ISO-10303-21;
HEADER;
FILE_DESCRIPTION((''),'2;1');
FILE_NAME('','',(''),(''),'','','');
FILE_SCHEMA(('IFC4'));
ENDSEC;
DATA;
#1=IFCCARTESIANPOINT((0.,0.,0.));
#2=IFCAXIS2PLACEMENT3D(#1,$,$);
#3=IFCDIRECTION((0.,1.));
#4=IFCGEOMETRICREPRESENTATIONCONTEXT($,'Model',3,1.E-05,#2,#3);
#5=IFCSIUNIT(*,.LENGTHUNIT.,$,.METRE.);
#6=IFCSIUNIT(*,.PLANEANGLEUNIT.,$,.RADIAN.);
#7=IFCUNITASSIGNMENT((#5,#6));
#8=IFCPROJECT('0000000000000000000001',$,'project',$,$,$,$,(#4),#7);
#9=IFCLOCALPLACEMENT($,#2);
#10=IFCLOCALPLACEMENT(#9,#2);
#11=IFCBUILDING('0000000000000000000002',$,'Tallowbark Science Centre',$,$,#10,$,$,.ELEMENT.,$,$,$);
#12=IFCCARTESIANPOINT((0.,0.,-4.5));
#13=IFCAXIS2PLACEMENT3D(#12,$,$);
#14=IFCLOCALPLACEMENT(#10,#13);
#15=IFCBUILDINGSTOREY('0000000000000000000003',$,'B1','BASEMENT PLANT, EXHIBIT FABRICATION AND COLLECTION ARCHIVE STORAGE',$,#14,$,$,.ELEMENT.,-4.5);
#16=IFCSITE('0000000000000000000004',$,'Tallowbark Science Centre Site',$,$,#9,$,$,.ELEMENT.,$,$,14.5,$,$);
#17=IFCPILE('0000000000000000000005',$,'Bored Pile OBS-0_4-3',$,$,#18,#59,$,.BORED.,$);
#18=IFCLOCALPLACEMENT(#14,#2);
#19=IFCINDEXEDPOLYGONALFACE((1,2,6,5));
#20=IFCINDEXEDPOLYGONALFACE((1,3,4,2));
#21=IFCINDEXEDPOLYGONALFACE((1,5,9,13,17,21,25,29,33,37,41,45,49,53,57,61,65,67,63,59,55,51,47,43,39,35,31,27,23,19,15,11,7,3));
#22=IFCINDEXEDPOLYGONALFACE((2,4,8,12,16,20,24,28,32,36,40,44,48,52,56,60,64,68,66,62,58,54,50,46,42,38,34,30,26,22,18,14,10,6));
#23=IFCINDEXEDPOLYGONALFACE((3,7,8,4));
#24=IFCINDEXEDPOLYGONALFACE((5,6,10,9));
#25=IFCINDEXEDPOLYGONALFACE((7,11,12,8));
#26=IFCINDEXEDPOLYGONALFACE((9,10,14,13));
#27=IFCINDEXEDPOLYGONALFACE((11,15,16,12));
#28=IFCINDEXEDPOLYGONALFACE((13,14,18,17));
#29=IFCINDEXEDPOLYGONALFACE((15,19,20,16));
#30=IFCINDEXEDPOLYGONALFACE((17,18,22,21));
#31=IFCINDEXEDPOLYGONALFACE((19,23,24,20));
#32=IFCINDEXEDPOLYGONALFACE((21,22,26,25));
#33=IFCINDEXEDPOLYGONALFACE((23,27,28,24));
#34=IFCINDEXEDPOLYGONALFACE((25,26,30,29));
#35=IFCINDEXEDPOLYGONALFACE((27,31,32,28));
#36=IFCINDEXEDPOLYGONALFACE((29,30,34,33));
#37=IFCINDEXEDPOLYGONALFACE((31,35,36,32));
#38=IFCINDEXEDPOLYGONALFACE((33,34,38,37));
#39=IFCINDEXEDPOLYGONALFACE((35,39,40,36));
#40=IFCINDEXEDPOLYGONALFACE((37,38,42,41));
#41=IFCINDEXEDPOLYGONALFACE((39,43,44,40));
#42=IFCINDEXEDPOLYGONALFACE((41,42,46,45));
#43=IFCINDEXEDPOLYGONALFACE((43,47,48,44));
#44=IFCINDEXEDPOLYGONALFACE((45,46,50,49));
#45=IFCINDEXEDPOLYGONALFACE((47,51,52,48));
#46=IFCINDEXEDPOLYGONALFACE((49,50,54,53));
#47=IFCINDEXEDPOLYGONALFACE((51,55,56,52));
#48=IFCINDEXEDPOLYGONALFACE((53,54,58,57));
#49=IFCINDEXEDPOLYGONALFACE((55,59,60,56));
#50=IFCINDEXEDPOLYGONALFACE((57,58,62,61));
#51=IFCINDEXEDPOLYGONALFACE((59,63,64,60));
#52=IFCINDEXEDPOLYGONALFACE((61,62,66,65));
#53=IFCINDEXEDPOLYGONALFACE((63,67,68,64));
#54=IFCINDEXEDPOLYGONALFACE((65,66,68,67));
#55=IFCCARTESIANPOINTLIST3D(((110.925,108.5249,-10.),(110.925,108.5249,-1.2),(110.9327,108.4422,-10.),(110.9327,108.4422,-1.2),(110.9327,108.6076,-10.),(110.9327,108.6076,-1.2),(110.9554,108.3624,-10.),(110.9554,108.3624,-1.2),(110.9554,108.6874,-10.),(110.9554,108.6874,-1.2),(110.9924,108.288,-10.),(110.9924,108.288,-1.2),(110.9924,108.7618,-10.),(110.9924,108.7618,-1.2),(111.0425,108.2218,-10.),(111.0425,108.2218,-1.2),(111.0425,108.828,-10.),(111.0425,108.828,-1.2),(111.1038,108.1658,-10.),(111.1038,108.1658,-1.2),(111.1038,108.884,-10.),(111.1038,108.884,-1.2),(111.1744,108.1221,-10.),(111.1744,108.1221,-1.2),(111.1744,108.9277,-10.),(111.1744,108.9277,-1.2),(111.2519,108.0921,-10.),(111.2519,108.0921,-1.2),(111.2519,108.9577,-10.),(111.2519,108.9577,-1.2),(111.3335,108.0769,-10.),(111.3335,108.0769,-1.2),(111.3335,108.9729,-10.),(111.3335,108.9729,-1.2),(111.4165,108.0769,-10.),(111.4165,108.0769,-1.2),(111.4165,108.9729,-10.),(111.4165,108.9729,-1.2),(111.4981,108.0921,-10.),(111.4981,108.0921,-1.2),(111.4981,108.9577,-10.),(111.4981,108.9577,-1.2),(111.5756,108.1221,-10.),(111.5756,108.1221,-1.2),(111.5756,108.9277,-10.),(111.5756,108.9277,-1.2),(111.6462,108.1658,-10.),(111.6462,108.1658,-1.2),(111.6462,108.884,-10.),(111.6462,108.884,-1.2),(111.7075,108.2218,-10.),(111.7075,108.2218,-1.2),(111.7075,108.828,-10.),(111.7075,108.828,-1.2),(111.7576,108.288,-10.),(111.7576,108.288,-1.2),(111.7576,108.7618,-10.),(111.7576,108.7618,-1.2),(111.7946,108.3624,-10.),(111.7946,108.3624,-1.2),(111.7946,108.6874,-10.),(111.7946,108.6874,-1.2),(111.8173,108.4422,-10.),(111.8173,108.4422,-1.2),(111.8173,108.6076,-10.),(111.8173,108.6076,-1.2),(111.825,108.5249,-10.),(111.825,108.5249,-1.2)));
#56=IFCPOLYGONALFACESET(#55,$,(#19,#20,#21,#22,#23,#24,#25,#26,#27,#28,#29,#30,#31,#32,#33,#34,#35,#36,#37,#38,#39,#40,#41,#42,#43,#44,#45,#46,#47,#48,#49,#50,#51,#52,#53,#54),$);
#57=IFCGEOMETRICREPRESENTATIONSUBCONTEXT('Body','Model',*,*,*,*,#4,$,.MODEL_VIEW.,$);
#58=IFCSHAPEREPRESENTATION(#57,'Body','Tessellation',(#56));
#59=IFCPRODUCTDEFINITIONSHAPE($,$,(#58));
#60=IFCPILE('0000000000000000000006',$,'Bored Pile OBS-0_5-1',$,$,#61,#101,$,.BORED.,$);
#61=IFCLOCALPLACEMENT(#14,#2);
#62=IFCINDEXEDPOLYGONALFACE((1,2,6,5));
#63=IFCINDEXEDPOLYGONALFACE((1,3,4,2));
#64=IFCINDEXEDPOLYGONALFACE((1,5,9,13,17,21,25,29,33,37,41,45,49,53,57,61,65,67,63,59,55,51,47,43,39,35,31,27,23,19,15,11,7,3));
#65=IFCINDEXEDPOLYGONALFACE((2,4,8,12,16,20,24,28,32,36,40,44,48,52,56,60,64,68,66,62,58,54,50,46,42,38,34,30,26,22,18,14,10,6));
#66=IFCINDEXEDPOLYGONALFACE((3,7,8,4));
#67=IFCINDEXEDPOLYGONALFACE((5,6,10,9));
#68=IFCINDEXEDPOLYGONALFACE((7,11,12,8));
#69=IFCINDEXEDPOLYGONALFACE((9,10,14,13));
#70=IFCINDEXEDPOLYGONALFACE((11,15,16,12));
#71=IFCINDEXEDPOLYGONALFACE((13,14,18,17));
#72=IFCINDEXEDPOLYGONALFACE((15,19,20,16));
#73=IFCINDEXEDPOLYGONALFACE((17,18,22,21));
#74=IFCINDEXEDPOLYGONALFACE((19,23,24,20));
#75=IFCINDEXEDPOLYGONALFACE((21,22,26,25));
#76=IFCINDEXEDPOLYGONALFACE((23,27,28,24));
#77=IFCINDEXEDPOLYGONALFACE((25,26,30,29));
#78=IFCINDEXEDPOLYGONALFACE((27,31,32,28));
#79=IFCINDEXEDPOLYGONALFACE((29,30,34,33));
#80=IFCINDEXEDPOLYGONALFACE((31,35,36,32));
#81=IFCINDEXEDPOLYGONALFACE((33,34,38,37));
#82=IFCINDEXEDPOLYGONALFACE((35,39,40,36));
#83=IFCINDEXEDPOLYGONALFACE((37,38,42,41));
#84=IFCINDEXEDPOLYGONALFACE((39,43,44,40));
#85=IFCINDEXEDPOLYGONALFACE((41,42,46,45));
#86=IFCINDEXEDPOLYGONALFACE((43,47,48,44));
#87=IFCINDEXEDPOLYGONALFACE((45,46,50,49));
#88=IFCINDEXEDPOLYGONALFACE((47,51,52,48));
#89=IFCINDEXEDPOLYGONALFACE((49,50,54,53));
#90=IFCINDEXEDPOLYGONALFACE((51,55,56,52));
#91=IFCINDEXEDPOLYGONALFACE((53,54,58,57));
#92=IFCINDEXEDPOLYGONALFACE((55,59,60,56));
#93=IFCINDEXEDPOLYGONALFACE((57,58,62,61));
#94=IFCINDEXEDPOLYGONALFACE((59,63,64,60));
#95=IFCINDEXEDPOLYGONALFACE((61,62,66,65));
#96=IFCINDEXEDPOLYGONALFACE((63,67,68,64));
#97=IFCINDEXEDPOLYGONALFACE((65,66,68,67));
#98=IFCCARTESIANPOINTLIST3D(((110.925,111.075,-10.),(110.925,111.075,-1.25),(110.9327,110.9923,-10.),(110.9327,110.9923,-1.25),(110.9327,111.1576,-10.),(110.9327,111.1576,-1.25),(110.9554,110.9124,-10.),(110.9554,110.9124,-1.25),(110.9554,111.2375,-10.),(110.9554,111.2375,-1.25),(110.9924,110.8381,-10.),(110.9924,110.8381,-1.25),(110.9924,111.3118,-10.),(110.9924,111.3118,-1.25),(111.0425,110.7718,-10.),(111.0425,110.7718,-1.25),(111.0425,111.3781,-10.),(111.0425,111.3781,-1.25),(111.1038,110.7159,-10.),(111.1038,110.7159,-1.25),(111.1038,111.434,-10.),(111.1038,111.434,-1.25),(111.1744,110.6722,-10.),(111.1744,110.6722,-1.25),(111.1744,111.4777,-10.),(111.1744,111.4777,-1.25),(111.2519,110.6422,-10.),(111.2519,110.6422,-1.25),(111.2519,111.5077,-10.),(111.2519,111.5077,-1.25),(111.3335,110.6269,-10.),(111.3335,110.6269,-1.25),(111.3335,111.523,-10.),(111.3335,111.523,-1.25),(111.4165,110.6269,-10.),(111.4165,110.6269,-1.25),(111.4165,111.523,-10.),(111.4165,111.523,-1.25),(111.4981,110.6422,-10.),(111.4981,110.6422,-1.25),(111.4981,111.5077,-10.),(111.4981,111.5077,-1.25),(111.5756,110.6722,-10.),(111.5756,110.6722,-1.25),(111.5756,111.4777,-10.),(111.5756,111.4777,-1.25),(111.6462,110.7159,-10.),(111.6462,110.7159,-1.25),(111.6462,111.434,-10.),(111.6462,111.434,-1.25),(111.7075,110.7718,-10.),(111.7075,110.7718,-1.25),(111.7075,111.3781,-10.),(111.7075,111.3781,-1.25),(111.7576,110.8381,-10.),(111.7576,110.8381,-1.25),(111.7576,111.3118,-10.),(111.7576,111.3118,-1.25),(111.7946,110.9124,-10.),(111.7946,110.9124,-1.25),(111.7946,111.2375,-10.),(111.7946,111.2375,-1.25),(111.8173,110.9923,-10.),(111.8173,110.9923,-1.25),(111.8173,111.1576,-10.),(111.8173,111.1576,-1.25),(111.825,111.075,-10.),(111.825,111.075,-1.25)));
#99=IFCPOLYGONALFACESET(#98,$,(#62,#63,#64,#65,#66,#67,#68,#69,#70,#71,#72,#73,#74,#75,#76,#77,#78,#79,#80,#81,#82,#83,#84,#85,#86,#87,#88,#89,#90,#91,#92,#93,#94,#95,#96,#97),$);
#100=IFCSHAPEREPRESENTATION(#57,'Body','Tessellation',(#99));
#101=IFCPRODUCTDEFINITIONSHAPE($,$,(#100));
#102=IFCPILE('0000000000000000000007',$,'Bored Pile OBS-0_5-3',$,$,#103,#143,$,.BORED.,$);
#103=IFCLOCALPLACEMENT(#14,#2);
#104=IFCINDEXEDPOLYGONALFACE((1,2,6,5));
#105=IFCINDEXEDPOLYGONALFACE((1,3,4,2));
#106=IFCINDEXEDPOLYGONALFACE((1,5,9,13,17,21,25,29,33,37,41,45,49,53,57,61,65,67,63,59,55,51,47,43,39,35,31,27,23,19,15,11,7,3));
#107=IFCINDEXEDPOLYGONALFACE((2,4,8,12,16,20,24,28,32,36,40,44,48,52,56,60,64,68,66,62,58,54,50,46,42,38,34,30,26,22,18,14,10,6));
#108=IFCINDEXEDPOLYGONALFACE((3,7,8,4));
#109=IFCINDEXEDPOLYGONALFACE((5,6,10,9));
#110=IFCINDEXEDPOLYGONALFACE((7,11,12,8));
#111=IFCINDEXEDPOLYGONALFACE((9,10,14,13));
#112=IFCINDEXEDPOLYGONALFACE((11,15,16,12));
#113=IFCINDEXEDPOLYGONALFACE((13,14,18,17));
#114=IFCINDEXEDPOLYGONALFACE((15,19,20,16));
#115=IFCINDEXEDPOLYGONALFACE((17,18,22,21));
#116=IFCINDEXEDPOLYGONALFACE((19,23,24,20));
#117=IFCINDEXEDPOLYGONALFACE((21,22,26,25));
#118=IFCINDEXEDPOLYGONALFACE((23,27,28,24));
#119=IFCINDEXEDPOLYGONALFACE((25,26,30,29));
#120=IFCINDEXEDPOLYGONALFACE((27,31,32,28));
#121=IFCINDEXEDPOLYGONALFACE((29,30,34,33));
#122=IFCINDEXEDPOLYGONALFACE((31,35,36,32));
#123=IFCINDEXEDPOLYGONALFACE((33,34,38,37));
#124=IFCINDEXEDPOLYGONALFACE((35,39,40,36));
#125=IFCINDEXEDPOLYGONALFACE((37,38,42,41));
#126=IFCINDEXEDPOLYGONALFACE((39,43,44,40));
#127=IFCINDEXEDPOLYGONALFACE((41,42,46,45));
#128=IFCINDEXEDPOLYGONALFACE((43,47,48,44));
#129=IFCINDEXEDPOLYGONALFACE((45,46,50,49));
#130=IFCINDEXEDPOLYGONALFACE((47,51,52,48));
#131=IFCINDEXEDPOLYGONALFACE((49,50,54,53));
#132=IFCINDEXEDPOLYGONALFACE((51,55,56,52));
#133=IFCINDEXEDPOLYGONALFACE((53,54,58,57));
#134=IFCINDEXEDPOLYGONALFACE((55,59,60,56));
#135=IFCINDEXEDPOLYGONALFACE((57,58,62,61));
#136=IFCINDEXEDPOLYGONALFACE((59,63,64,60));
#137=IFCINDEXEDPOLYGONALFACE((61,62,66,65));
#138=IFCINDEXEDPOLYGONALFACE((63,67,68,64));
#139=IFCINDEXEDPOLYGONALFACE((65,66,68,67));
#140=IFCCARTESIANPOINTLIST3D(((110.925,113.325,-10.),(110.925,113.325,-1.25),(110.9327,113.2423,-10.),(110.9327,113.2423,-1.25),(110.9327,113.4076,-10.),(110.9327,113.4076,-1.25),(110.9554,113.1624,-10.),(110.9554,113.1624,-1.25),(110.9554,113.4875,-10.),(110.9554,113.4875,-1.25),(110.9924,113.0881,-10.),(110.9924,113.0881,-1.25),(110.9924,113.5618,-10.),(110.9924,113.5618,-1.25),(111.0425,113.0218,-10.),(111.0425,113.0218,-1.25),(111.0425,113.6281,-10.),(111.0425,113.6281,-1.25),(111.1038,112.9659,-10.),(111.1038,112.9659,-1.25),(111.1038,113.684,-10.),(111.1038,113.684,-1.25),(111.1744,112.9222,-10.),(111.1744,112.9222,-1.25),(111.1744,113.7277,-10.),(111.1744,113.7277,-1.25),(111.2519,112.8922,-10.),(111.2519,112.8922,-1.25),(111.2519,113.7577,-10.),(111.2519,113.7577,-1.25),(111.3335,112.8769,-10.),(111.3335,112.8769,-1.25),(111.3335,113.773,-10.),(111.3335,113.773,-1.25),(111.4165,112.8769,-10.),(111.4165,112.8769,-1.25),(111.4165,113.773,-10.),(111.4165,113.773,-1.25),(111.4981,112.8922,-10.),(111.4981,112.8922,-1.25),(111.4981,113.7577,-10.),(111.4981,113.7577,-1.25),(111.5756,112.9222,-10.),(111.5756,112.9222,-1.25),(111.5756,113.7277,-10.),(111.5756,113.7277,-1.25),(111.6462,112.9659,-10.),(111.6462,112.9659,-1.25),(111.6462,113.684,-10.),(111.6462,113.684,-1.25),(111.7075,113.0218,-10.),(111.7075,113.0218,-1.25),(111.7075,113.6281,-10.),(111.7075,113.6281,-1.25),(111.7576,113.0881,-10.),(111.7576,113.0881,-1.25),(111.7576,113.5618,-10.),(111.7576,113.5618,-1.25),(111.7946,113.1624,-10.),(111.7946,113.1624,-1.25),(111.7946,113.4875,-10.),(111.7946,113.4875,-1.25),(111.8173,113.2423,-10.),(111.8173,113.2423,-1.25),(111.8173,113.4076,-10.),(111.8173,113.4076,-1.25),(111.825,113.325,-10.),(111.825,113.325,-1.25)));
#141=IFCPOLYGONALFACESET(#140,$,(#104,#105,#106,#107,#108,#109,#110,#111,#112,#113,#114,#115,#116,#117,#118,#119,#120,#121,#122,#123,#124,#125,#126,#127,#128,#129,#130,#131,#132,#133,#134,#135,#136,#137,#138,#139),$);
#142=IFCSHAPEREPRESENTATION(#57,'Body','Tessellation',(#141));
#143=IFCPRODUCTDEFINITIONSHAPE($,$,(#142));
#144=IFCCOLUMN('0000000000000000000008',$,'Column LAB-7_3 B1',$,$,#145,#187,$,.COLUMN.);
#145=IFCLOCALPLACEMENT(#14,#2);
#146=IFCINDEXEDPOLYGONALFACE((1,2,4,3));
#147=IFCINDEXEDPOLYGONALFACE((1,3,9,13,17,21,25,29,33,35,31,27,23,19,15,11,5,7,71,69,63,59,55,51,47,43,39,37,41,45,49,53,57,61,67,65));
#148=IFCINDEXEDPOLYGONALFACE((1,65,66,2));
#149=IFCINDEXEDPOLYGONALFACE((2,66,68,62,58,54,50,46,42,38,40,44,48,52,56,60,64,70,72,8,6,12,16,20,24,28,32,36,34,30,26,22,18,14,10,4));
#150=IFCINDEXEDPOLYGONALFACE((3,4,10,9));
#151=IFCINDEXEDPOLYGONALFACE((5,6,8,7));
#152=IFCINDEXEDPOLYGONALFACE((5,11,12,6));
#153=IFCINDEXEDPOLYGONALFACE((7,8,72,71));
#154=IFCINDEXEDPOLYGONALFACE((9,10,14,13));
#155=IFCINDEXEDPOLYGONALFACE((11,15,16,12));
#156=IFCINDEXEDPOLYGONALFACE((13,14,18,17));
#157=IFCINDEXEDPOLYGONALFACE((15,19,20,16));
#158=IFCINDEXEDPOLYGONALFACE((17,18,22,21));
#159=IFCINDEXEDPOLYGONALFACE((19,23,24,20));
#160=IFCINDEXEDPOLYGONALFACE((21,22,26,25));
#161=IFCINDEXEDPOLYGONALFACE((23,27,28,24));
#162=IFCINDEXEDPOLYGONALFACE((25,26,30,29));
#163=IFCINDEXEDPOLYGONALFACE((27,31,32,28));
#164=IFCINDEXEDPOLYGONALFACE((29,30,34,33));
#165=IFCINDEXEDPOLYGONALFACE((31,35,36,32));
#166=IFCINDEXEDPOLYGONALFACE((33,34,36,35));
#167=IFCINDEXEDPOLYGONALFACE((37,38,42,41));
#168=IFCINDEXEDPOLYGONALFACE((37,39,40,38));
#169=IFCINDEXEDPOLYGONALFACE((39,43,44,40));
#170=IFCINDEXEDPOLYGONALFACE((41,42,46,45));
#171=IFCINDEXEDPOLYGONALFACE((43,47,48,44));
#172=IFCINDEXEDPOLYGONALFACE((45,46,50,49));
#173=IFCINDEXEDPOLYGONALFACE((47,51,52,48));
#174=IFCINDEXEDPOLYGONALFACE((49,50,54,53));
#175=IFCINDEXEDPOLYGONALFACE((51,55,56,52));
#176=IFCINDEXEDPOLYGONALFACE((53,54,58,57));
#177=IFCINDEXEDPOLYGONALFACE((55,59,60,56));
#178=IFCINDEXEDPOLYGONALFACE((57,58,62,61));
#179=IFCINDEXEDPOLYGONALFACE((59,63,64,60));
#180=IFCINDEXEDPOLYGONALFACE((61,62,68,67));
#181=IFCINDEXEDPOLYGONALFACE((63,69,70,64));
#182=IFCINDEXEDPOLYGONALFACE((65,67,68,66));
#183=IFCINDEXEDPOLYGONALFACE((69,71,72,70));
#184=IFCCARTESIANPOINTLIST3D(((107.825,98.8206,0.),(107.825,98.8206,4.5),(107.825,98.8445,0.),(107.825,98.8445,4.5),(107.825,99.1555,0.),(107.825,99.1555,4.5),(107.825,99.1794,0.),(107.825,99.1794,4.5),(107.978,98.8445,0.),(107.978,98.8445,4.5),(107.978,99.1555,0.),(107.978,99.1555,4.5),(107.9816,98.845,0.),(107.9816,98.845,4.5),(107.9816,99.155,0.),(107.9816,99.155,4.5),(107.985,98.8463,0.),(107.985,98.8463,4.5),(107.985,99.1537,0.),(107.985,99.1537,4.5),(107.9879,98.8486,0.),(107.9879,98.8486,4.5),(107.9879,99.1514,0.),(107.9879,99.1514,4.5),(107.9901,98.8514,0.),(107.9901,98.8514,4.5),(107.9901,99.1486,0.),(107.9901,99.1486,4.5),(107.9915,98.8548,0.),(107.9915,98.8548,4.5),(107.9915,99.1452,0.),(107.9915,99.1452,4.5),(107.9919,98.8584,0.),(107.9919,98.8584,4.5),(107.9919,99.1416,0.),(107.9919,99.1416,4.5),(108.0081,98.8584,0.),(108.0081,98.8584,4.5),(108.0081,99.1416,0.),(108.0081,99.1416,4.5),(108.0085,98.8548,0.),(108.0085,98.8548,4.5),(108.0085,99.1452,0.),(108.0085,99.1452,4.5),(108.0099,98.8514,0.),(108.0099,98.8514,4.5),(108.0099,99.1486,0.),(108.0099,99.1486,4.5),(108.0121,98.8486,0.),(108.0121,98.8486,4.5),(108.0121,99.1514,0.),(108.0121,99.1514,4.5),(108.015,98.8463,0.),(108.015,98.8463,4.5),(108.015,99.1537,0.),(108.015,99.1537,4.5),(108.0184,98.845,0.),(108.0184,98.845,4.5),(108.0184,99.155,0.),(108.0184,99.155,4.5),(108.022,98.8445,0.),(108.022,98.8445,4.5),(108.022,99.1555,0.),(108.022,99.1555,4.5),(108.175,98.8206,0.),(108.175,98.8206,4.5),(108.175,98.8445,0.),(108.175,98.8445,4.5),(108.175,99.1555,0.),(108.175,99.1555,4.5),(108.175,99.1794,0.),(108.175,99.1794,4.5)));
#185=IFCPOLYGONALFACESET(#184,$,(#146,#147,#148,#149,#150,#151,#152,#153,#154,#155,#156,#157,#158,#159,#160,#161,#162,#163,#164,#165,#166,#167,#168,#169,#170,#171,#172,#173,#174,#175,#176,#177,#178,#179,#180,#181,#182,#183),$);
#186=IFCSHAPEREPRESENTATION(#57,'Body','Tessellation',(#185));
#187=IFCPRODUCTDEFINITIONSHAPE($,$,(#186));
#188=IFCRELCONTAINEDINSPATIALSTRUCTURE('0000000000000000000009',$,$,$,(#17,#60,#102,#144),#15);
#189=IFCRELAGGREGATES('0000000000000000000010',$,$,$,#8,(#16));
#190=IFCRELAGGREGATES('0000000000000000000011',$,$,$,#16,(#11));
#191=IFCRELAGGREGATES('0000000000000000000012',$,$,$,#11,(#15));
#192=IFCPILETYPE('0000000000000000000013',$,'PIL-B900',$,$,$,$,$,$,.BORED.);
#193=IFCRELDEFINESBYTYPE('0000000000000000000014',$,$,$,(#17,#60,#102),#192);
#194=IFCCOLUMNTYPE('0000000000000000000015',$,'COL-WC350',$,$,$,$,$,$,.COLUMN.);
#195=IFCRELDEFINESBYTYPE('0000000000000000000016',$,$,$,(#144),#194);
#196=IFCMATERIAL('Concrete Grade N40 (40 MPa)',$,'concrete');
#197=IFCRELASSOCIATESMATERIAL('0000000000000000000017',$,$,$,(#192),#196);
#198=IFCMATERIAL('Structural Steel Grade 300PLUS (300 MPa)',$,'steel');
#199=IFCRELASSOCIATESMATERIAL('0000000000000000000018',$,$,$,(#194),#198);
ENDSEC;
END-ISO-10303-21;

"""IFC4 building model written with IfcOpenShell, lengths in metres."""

from ifc_helpers import new_model, si_unit, direction, frame, origin, origin_2d, place, context, subcontext, project, spatial, circle, i_section, extrude, material, material_profile, profile_set, type_object, element, save


model = new_model("IFC4")

# Units and contexts
model_context = context("Model", 3, precision=1e-05, world=origin(), true_north=direction((0.0, 1.0)))
body_context = subcontext(model_context, "Body", "Model", "MODEL_VIEW")
ifc_project = project(units=[si_unit("LENGTHUNIT", "METRE"), si_unit("PLANEANGLEUNIT", "RADIAN")], contexts=[model_context])

# Site, building, storey
site_placement = place(None, origin())
site = spatial("IfcSite", under=ifc_project, at=site_placement, Name="Tallowbark Science Centre Site", CompositionType="ELEMENT", RefElevation=14.5)
building_placement = place(site_placement, origin())
building = spatial("IfcBuilding", under=site, at=building_placement, Name="Tallowbark Science Centre", CompositionType="ELEMENT")
storey_placement = place(building_placement, frame((0.0, 0.0, -4.5)))
storey = spatial("IfcBuildingStorey", under=building, at=storey_placement, Name="B1", Description="BASEMENT PLANT, EXHIBIT FABRICATION AND COLLECTION ARCHIVE STORAGE", CompositionType="ELEMENT", Elevation=-4.5)

# Shared definitions
ifc_material_1 = material(Name="Concrete Grade N40 (40 MPa)", Category="concrete")

# Piles
ifc_material_profile_1 = material_profile(ifc_material_1, circle(Radius=0.45, at=origin_2d()), Name="PILE900")
ifc_profile_set_1 = profile_set([ifc_material_profile_1], Name="Concrete Grade N40 (40 MPa)")
pile_type = type_object("IfcPileType", Name="PIL-B900", PredefinedType="BORED", material=ifc_profile_set_1)
for number, where, z_axis, x_axis, name in (
    (1, (111.375, 108.5249, -1.2), (0.0, 0.0, -1.0), (1.0, 0.0, 0.0), "Bored Pile OBS-0_4-3"),
):
    element("IfcPile", number, at=place(storey_placement, frame(where, z_axis=z_axis, x_axis=x_axis)), inside=storey, type_object=pile_type, Name=name, PredefinedType="BORED", context=body_context, shape_type="SweptSolid", body=[
        extrude(circle(Radius=0.45, at=origin_2d()), origin(), (0.0, 0.0, 1.0), 8.8),
    ])
for number, where, z_axis, x_axis, name in (
    (2, (111.375, 111.075, -1.25), (0.0, 0.0, -1.0), (1.0, 0.0, 0.0), "Bored Pile OBS-0_5-1"),
    (3, (111.375, 113.325, -1.25), (0.0, 0.0, -1.0), (1.0, 0.0, 0.0), "Bored Pile OBS-0_5-3"),
):
    element("IfcPile", number, at=place(storey_placement, frame(where, z_axis=z_axis, x_axis=x_axis)), inside=storey, type_object=pile_type, Name=name, PredefinedType="BORED", context=body_context, shape_type="SweptSolid", body=[
        extrude(circle(Radius=0.45, at=origin_2d()), origin(), (0.0, 0.0, 1.0), 8.75),
    ])

# Column
ifc_material_2 = material(Name="Structural Steel Grade 300PLUS (300 MPa)", Category="steel")
ifc_material_profile_2 = material_profile(ifc_material_2, i_section(OverallWidth=0.3501, OverallDepth=0.3589, WebThickness=0.0161, FlangeThickness=0.0239, FilletRadius=0.0139, at=origin_2d()), Name="350WC197")
ifc_profile_set_2 = profile_set([ifc_material_profile_2], Name="Structural Steel Grade 300PLUS (300 MPa)")
column_type = type_object("IfcColumnType", Name="COL-WC350", PredefinedType="COLUMN", material=ifc_profile_set_2)
for number, where, z_axis, x_axis, name in (
    (4, (108.0, 99.0, 0.0), (0.0, 0.0, 1.0), (1.0, 0.0, 0.0), "Column LAB-7_3 B1"),
):
    element("IfcColumn", number, at=place(storey_placement, frame(where, z_axis=z_axis, x_axis=x_axis)), inside=storey, type_object=column_type, Name=name, PredefinedType="COLUMN", context=body_context, shape_type="SweptSolid", body=[
        extrude(i_section(OverallWidth=0.3501, OverallDepth=0.3589, WebThickness=0.0161, FlangeThickness=0.0239, FilletRadius=0.0139, at=origin_2d()), origin(), (0.0, 0.0, 1.0), 4.5),
    ])

save(model, "model.ifc")
